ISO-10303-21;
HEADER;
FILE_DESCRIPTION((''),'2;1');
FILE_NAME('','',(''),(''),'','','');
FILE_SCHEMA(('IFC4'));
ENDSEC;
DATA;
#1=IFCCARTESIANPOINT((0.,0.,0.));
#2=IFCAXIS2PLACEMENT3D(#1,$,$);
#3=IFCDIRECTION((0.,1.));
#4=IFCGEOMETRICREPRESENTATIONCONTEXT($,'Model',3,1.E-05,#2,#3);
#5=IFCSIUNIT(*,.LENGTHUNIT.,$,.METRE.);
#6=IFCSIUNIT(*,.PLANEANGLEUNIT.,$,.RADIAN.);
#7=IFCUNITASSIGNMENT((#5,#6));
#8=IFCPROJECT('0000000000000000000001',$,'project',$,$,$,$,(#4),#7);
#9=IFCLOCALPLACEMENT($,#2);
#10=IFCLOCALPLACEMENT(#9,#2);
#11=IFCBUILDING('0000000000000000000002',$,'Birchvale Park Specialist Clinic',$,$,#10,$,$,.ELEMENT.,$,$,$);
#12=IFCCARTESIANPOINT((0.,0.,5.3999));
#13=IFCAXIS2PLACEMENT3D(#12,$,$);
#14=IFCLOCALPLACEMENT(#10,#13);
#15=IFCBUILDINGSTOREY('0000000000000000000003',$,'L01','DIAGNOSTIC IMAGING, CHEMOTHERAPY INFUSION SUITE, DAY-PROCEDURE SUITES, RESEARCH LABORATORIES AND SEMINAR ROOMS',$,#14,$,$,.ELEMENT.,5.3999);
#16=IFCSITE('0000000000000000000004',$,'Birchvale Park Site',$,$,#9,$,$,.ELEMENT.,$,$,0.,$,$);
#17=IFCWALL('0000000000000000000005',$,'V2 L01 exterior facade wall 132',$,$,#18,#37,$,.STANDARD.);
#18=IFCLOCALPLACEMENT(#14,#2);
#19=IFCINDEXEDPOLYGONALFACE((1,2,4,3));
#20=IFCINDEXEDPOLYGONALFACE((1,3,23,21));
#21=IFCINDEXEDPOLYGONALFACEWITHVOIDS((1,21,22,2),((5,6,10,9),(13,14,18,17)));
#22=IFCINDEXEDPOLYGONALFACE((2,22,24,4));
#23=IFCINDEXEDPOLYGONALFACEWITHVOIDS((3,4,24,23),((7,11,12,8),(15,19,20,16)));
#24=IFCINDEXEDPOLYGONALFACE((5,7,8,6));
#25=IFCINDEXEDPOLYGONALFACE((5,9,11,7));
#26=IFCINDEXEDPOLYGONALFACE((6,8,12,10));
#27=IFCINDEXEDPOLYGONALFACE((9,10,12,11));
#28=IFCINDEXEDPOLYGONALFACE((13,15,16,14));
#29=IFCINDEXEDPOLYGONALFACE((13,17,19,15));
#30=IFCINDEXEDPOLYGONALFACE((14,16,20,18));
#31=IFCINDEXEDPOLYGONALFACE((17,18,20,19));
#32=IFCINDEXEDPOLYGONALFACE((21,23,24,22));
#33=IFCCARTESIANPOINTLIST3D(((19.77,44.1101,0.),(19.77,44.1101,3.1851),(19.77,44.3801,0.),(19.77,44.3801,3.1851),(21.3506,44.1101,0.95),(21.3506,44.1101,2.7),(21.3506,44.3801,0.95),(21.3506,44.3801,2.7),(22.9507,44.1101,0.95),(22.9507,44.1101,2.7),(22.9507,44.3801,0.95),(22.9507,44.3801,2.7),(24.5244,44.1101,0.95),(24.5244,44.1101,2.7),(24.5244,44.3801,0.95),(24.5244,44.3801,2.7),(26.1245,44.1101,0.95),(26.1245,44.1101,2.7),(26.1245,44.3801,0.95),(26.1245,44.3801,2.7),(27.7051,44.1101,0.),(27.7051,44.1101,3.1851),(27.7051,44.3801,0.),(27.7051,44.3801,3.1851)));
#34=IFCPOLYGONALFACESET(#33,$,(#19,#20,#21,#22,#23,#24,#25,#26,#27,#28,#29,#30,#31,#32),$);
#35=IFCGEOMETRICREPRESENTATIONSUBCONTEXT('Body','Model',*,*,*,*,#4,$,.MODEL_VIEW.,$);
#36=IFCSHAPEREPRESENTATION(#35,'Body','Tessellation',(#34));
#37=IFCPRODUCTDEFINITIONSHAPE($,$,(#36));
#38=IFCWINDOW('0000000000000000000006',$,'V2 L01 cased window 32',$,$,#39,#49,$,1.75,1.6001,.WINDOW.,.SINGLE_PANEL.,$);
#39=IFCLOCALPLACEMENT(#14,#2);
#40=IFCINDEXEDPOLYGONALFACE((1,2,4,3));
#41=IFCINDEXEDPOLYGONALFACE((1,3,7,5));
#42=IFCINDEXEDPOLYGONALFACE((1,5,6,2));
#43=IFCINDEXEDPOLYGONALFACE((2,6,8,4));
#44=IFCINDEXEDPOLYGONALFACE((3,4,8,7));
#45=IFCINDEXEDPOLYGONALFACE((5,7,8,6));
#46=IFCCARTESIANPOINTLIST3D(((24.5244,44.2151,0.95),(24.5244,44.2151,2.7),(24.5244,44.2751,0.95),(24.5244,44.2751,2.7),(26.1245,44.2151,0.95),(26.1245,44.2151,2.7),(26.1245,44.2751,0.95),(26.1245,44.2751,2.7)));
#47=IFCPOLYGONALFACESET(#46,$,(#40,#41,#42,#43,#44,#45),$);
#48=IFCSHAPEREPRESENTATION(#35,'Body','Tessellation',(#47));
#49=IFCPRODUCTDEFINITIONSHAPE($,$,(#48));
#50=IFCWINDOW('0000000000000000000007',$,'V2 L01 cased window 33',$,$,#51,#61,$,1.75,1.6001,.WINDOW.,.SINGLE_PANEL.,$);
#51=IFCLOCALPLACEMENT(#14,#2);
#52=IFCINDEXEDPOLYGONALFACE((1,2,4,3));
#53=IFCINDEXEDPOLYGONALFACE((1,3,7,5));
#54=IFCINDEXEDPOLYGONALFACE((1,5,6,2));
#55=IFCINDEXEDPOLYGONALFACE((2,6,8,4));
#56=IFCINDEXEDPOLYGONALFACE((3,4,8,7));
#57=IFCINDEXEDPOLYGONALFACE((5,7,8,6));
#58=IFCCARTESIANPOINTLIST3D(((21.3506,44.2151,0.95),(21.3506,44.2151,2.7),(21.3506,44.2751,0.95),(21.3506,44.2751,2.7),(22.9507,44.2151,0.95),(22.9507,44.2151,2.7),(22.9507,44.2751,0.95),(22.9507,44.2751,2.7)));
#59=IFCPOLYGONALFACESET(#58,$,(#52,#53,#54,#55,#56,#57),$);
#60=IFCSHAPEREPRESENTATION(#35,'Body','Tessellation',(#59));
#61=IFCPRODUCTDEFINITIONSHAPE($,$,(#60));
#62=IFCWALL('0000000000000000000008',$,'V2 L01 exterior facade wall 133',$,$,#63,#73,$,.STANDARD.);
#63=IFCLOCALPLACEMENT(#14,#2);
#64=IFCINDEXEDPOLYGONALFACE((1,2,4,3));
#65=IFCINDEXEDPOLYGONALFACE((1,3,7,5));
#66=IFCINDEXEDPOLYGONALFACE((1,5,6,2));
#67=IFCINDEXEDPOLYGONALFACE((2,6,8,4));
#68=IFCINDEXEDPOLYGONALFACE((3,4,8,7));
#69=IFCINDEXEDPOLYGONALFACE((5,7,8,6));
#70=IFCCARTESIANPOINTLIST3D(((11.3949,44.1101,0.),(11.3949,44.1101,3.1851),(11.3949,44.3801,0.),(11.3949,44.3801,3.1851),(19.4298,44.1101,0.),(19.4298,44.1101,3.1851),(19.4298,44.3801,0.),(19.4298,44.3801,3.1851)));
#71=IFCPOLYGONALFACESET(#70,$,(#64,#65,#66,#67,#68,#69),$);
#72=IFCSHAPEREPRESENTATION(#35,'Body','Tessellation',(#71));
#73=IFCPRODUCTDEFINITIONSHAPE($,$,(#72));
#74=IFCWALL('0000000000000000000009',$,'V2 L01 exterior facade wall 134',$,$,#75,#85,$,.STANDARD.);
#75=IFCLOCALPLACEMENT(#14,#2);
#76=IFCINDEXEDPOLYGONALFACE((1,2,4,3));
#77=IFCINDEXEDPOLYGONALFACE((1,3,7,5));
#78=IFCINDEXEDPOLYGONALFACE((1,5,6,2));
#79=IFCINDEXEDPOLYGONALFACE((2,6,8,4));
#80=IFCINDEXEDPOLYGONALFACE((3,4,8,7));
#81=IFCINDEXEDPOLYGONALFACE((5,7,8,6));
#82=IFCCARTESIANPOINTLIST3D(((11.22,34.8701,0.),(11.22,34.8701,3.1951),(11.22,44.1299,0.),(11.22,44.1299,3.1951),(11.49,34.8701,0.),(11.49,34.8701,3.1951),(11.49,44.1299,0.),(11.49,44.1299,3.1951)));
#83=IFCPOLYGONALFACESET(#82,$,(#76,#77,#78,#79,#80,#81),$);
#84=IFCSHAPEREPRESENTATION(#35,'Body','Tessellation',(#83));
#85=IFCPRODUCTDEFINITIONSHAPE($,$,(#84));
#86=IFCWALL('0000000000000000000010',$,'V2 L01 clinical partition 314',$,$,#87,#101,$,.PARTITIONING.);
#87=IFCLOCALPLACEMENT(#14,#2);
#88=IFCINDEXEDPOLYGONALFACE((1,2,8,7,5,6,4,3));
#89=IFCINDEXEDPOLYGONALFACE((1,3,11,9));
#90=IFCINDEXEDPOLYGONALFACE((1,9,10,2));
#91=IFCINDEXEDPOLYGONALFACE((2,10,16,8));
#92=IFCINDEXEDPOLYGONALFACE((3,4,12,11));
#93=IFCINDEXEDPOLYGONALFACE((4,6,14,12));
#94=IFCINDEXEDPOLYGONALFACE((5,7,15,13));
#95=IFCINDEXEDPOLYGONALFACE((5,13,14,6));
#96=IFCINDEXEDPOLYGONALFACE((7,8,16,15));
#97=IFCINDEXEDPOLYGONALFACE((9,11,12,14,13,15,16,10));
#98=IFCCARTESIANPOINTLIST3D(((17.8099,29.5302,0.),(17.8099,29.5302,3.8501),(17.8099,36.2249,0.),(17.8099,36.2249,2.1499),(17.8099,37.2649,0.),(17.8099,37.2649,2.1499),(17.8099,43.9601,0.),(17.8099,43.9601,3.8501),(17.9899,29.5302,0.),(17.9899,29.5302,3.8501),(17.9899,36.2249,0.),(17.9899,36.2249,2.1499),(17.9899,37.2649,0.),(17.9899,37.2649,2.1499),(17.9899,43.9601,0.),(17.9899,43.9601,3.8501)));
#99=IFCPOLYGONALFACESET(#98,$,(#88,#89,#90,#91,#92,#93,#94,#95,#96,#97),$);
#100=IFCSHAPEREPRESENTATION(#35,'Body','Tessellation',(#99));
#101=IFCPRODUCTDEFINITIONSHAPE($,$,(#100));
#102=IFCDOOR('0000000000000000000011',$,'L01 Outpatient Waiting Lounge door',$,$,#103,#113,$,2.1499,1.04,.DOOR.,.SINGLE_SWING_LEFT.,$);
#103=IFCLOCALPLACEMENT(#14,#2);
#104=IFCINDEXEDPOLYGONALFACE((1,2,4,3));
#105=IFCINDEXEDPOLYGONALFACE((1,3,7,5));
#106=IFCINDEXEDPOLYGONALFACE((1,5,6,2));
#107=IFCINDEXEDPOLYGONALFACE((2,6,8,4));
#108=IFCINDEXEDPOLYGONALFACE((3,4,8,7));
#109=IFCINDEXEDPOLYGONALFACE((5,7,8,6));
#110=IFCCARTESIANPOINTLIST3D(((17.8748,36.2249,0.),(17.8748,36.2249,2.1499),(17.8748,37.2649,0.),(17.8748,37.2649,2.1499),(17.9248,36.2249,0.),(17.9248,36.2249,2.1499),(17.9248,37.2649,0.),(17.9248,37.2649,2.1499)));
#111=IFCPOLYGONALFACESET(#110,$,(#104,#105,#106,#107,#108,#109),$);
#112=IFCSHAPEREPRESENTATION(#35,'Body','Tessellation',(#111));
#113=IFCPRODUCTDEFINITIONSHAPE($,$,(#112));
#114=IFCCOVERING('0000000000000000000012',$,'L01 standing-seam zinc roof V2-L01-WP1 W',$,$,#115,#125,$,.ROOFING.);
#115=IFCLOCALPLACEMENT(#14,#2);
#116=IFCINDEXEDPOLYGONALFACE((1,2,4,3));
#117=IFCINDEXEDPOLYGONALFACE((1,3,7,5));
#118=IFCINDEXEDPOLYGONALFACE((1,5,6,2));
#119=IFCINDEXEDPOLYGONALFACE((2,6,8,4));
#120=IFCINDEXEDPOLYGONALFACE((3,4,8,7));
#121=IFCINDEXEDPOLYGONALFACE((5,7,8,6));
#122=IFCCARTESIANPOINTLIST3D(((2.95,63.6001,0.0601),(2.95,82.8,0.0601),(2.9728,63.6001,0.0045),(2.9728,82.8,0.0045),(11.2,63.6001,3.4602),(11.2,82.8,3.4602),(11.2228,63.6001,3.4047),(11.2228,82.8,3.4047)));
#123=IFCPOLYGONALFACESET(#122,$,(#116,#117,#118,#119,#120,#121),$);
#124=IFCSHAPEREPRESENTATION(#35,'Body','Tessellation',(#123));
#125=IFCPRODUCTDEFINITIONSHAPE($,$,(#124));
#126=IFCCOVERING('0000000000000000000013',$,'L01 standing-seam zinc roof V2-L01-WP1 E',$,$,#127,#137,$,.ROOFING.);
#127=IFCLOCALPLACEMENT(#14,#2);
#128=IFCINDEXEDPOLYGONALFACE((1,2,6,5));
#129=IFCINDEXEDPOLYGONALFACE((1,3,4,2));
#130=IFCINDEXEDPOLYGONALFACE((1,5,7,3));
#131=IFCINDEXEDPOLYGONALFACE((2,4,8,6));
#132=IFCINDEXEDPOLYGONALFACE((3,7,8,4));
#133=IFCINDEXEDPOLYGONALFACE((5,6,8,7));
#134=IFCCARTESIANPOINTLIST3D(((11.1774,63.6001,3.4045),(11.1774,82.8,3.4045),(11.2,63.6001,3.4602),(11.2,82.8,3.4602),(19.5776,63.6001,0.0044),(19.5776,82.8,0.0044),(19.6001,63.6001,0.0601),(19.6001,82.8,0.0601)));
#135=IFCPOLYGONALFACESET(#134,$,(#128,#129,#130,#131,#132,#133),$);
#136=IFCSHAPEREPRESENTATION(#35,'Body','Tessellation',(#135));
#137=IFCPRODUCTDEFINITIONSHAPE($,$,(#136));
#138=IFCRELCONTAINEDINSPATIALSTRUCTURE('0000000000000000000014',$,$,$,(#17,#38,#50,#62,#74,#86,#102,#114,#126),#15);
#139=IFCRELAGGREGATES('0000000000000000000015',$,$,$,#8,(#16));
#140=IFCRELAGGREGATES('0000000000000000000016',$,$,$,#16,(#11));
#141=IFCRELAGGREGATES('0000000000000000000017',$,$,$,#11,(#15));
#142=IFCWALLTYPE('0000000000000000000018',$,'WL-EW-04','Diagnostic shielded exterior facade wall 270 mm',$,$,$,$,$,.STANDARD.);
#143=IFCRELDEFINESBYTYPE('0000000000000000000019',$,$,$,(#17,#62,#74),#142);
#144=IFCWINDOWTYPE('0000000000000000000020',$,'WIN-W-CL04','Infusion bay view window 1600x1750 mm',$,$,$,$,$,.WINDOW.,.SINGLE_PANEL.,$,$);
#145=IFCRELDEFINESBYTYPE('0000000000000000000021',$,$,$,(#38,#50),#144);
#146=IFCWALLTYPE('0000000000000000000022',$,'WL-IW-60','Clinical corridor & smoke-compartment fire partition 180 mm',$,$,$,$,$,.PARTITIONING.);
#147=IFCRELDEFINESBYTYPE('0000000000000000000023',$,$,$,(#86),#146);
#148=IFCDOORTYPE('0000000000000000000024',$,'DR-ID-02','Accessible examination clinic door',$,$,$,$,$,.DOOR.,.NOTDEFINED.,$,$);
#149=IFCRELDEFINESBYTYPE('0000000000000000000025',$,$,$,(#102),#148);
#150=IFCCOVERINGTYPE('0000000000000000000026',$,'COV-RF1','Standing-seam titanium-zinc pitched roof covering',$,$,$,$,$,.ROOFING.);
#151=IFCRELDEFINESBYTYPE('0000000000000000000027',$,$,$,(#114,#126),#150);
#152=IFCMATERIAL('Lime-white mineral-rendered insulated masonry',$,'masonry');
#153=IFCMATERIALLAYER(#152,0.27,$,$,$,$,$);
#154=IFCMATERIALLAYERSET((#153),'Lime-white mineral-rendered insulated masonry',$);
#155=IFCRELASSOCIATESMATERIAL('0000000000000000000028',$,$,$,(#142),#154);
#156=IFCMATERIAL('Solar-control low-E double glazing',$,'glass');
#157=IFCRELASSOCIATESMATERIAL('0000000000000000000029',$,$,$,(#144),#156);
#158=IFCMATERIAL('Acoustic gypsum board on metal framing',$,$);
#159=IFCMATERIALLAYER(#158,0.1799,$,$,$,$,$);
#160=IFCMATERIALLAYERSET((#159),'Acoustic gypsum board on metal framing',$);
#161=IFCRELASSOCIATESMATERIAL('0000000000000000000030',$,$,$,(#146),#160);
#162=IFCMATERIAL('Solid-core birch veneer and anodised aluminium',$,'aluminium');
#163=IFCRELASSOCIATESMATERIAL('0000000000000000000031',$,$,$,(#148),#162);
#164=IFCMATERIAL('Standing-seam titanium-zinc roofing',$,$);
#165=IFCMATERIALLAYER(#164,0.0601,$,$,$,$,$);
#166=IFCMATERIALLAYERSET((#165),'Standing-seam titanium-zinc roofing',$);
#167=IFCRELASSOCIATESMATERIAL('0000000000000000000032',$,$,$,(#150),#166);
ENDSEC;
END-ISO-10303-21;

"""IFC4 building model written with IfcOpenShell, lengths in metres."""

from ifc_helpers import new_model, si_unit, direction, frame, frame_2d, origin, place, context, subcontext, project, spatial, polyline, rectangle, outline, extrude, material, layer, layer_set, type_object, element, fill, save


model = new_model("IFC4")

# Units and contexts
model_context = context("Model", 3, precision=1e-05, world=origin(), true_north=direction((0.0, 1.0)))
body_context = subcontext(model_context, "Body", "Model", "MODEL_VIEW")
ifc_project = project(units=[si_unit("LENGTHUNIT", "METRE"), si_unit("PLANEANGLEUNIT", "RADIAN")], contexts=[model_context])

# Site, building, storey
site_placement = place(None, origin())
site = spatial("IfcSite", under=ifc_project, at=site_placement, Name="Birchvale Park Site", CompositionType="ELEMENT", RefElevation=0.0)
building_placement = place(site_placement, origin())
building = spatial("IfcBuilding", under=site, at=building_placement, Name="Birchvale Park Specialist Clinic", CompositionType="ELEMENT")
storey_placement = place(building_placement, frame((0.0, 0.0, 5.3999)))
storey = spatial("IfcBuildingStorey", under=building, at=storey_placement, Name="L01", Description="DIAGNOSTIC IMAGING, CHEMOTHERAPY INFUSION SUITE, DAY-PROCEDURE SUITES, RESEARCH LABORATORIES AND SEMINAR ROOMS", CompositionType="ELEMENT", Elevation=5.3999)

# Shared definitions
ifc_material_1 = material(Name="Standing-seam titanium-zinc roofing")

# Shared definitions
ifc_material_2 = material(Name="Lime-white mineral-rendered insulated masonry", Category="masonry")

# Wall, openings, windows
ifc_layer_1 = layer(ifc_material_2, 0.27)
ifc_layer_set_1 = layer_set([ifc_layer_1], Name="Lime-white mineral-rendered insulated masonry")
wall_type_1 = type_object("IfcWallType", Name="WL-EW-04", Description="Diagnostic shielded exterior facade wall 270 mm", PredefinedType="STANDARD", material=ifc_layer_set_1)
wall_1_placement = place(storey_placement, frame((27.7051, 44.2451, 0.0), z_axis=(0.0, 0.0, 1.0), x_axis=(-1.0, 0.0, 0.0)))
wall_1 = element("IfcWall", 1, at=wall_1_placement, inside=storey, type_object=wall_type_1, Name="V2 L01 exterior facade wall 132", PredefinedType="STANDARD", context=body_context, shape_type="SweptSolid", body=[
    extrude(rectangle(XDim=7.9351, YDim=0.27, at=frame_2d((3.9675, 0.0))), origin(), (0.0, 0.0, 1.0), 3.1851),
])
opening_1_placement = place(wall_1_placement, frame((1.5806, 0.0, 0.95)))
opening_1 = element("IfcOpeningElement", 2, at=opening_1_placement, cuts=wall_1, PredefinedType="OPENING", context=body_context, shape_type="SweptSolid", body=[
    extrude(rectangle(XDim=1.6001, YDim=1.75, at=frame_2d((0.8, 0.875))), frame((0.0, 0.145, 0.0), z_axis=(0.0, -1.0, 0.0), x_axis=(1.0, 0.0, 0.0)), (0.0, 0.0, 1.0), 0.29),
])
opening_2_placement = place(wall_1_placement, frame((4.7544, 0.0, 0.95)))
opening_2 = element("IfcOpeningElement", 3, at=opening_2_placement, cuts=wall_1, PredefinedType="OPENING", context=body_context, shape_type="SweptSolid", body=[
    extrude(rectangle(XDim=1.6001, YDim=1.75, at=frame_2d((0.8, 0.875))), frame((0.0, 0.145, 0.0), z_axis=(0.0, -1.0, 0.0), x_axis=(1.0, 0.0, 0.0)), (0.0, 0.0, 1.0), 0.29),
])
ifc_material_3 = material(Name="Solar-control low-E double glazing", Category="glass")
window_type = type_object("IfcWindowType", Name="WIN-W-CL04", Description="Infusion bay view window 1600x1750 mm", PartitioningType="SINGLE_PANEL", PredefinedType="WINDOW", material=ifc_material_3)
window_1_placement = place(opening_1_placement, origin())
window_1 = element("IfcWindow", 4, at=window_1_placement, inside=storey, type_object=window_type, Name="V2 L01 cased window 32", OverallHeight=1.75, OverallWidth=1.6001, PartitioningType="SINGLE_PANEL", PredefinedType="WINDOW", context=body_context, shape_type="SweptSolid", body=[
    extrude(rectangle(XDim=1.6001, YDim=1.75, at=frame_2d((0.8, 0.875))), frame((0.0, 0.03, 0.0), z_axis=(0.0, -1.0, 0.0), x_axis=(1.0, 0.0, 0.0)), (0.0, 0.0, 1.0), 0.0601),
])
fill(opening_1, window_1)
window_2_placement = place(opening_2_placement, origin())
window_2 = element("IfcWindow", 5, at=window_2_placement, inside=storey, type_object=window_type, Name="V2 L01 cased window 33", OverallHeight=1.75, OverallWidth=1.6001, PartitioningType="SINGLE_PANEL", PredefinedType="WINDOW", context=body_context, shape_type="SweptSolid", body=[
    extrude(rectangle(XDim=1.6001, YDim=1.75, at=frame_2d((0.8, 0.875))), frame((0.0, 0.03, 0.0), z_axis=(0.0, -1.0, 0.0), x_axis=(1.0, 0.0, 0.0)), (0.0, 0.0, 1.0), 0.0601),
])
fill(opening_2, window_2)

# Walls
wall_2_placement = place(storey_placement, frame((19.4299, 44.2451, 0.0), z_axis=(0.0, 0.0, 1.0), x_axis=(-1.0, 0.0, 0.0)))
element("IfcWall", 6, at=wall_2_placement, inside=storey, type_object=wall_type_1, Name="V2 L01 exterior facade wall 133", PredefinedType="STANDARD", context=body_context, shape_type="SweptSolid", body=[
    extrude(rectangle(XDim=8.0349, YDim=0.27, at=frame_2d((4.0176, 0.0))), origin(), (0.0, 0.0, 1.0), 3.1851),
])
wall_3_placement = place(storey_placement, frame((11.355, 44.1299, 0.0), z_axis=(0.0, 0.0, 1.0), x_axis=(0.0, -1.0, 0.0)))
element("IfcWall", 7, at=wall_3_placement, inside=storey, type_object=wall_type_1, Name="V2 L01 exterior facade wall 134", PredefinedType="STANDARD", context=body_context, shape_type="SweptSolid", body=[
    extrude(rectangle(XDim=9.2598, YDim=0.27, at=frame_2d((4.6299, 0.0))), origin(), (0.0, 0.0, 1.0), 3.1951),
])

# Wall, opening, door
ifc_material_4 = material(Name="Acoustic gypsum board on metal framing")
ifc_layer_2 = layer(ifc_material_4, 0.1799)
ifc_layer_set_2 = layer_set([ifc_layer_2], Name="Acoustic gypsum board on metal framing")
wall_type_2 = type_object("IfcWallType", Name="WL-IW-60", Description="Clinical corridor & smoke-compartment fire partition 180 mm", PredefinedType="PARTITIONING", material=ifc_layer_set_2)
wall_4_placement = place(storey_placement, frame((17.8999, 43.96, 0.0), z_axis=(0.0, 0.0, 1.0), x_axis=(0.0, -1.0, 0.0)))
wall_4 = element("IfcWall", 8, at=wall_4_placement, inside=storey, type_object=wall_type_2, Name="V2 L01 clinical partition 314", PredefinedType="PARTITIONING", context=body_context, shape_type="SweptSolid", body=[
    extrude(rectangle(XDim=14.4299, YDim=0.1799, at=frame_2d((7.2148, 0.0))), origin(), (0.0, 0.0, 1.0), 3.8501),
])
opening_3_placement = place(wall_4_placement, frame((6.6951, 0.0, 0.0)))
opening_3 = element("IfcOpeningElement", 9, at=opening_3_placement, cuts=wall_4, PredefinedType="OPENING", context=body_context, shape_type="SweptSolid", body=[
    extrude(rectangle(XDim=1.04, YDim=2.1499, at=frame_2d((0.52, 1.075))), frame((0.0, 0.1001, 0.0), z_axis=(0.0, -1.0, 0.0), x_axis=(1.0, 0.0, 0.0)), (0.0, 0.0, 1.0), 0.2),
])
ifc_material_5 = material(Name="Solid-core birch veneer and anodised aluminium", Category="aluminium")
door_type = type_object("IfcDoorType", Name="DR-ID-02", Description="Accessible examination clinic door", OperationType="NOTDEFINED", PredefinedType="DOOR", material=ifc_material_5)
door_placement = place(opening_3_placement, origin())
door = element("IfcDoor", 10, at=door_placement, inside=storey, type_object=door_type, Name="L01 Outpatient Waiting Lounge door", OperationType="SINGLE_SWING_LEFT", OverallHeight=2.1499, OverallWidth=1.04, PredefinedType="DOOR", context=body_context, shape_type="SweptSolid", body=[
    extrude(rectangle(XDim=1.04, YDim=2.1499, at=frame_2d((0.52, 1.075))), frame((0.0, 0.0249, 0.0), z_axis=(0.0, -1.0, 0.0), x_axis=(1.0, 0.0, 0.0)), (0.0, 0.0, 1.0), 0.05),
])
fill(opening_3, door)

# Coverings
ifc_layer_3 = layer(ifc_material_1, 0.0601)
ifc_layer_set_3 = layer_set([ifc_layer_3], Name="Standing-seam titanium-zinc roofing")
covering_type = type_object("IfcCoveringType", Name="COV-RF1", Description="Standing-seam titanium-zinc pitched roof covering", PredefinedType="ROOFING", material=ifc_layer_set_3)
covering_1_placement = place(storey_placement, frame((2.95, 63.6001, 0.0601), z_axis=(-0.381046, 0.0, 0.924556), x_axis=(0.924556, 0.0, 0.381046)))
element("IfcCovering", 11, at=covering_1_placement, inside=storey, type_object=covering_type, Name="L01 standing-seam zinc roof V2-L01-WP1 W", PredefinedType="ROOFING", context=body_context, shape_type="SweptSolid", body=[
    extrude(outline(polyline([(0.0, 0.0), (8.9232, 0.0), (8.9232, 19.2), (0.0, 19.2), (0.0, 0.0)])), origin(), (0.0, 0.0, -1.0), 0.0601),
])
covering_2_placement = place(storey_placement, frame((11.2, 63.6001, 3.4602), z_axis=(0.375201, 0.0, 0.926943), x_axis=(0.926943, 0.0, -0.375201)))
element("IfcCovering", 12, at=covering_2_placement, inside=storey, type_object=covering_type, Name="L01 standing-seam zinc roof V2-L01-WP1 E", PredefinedType="ROOFING", context=body_context, shape_type="SweptSolid", body=[
    extrude(outline(polyline([(0.0, 0.0), (9.0622, 0.0), (9.0622, 19.2), (0.0, 19.2), (0.0, 0.0)])), origin(), (0.0, 0.0, -1.0), 0.0601),
])

save(model, "model.ifc")
